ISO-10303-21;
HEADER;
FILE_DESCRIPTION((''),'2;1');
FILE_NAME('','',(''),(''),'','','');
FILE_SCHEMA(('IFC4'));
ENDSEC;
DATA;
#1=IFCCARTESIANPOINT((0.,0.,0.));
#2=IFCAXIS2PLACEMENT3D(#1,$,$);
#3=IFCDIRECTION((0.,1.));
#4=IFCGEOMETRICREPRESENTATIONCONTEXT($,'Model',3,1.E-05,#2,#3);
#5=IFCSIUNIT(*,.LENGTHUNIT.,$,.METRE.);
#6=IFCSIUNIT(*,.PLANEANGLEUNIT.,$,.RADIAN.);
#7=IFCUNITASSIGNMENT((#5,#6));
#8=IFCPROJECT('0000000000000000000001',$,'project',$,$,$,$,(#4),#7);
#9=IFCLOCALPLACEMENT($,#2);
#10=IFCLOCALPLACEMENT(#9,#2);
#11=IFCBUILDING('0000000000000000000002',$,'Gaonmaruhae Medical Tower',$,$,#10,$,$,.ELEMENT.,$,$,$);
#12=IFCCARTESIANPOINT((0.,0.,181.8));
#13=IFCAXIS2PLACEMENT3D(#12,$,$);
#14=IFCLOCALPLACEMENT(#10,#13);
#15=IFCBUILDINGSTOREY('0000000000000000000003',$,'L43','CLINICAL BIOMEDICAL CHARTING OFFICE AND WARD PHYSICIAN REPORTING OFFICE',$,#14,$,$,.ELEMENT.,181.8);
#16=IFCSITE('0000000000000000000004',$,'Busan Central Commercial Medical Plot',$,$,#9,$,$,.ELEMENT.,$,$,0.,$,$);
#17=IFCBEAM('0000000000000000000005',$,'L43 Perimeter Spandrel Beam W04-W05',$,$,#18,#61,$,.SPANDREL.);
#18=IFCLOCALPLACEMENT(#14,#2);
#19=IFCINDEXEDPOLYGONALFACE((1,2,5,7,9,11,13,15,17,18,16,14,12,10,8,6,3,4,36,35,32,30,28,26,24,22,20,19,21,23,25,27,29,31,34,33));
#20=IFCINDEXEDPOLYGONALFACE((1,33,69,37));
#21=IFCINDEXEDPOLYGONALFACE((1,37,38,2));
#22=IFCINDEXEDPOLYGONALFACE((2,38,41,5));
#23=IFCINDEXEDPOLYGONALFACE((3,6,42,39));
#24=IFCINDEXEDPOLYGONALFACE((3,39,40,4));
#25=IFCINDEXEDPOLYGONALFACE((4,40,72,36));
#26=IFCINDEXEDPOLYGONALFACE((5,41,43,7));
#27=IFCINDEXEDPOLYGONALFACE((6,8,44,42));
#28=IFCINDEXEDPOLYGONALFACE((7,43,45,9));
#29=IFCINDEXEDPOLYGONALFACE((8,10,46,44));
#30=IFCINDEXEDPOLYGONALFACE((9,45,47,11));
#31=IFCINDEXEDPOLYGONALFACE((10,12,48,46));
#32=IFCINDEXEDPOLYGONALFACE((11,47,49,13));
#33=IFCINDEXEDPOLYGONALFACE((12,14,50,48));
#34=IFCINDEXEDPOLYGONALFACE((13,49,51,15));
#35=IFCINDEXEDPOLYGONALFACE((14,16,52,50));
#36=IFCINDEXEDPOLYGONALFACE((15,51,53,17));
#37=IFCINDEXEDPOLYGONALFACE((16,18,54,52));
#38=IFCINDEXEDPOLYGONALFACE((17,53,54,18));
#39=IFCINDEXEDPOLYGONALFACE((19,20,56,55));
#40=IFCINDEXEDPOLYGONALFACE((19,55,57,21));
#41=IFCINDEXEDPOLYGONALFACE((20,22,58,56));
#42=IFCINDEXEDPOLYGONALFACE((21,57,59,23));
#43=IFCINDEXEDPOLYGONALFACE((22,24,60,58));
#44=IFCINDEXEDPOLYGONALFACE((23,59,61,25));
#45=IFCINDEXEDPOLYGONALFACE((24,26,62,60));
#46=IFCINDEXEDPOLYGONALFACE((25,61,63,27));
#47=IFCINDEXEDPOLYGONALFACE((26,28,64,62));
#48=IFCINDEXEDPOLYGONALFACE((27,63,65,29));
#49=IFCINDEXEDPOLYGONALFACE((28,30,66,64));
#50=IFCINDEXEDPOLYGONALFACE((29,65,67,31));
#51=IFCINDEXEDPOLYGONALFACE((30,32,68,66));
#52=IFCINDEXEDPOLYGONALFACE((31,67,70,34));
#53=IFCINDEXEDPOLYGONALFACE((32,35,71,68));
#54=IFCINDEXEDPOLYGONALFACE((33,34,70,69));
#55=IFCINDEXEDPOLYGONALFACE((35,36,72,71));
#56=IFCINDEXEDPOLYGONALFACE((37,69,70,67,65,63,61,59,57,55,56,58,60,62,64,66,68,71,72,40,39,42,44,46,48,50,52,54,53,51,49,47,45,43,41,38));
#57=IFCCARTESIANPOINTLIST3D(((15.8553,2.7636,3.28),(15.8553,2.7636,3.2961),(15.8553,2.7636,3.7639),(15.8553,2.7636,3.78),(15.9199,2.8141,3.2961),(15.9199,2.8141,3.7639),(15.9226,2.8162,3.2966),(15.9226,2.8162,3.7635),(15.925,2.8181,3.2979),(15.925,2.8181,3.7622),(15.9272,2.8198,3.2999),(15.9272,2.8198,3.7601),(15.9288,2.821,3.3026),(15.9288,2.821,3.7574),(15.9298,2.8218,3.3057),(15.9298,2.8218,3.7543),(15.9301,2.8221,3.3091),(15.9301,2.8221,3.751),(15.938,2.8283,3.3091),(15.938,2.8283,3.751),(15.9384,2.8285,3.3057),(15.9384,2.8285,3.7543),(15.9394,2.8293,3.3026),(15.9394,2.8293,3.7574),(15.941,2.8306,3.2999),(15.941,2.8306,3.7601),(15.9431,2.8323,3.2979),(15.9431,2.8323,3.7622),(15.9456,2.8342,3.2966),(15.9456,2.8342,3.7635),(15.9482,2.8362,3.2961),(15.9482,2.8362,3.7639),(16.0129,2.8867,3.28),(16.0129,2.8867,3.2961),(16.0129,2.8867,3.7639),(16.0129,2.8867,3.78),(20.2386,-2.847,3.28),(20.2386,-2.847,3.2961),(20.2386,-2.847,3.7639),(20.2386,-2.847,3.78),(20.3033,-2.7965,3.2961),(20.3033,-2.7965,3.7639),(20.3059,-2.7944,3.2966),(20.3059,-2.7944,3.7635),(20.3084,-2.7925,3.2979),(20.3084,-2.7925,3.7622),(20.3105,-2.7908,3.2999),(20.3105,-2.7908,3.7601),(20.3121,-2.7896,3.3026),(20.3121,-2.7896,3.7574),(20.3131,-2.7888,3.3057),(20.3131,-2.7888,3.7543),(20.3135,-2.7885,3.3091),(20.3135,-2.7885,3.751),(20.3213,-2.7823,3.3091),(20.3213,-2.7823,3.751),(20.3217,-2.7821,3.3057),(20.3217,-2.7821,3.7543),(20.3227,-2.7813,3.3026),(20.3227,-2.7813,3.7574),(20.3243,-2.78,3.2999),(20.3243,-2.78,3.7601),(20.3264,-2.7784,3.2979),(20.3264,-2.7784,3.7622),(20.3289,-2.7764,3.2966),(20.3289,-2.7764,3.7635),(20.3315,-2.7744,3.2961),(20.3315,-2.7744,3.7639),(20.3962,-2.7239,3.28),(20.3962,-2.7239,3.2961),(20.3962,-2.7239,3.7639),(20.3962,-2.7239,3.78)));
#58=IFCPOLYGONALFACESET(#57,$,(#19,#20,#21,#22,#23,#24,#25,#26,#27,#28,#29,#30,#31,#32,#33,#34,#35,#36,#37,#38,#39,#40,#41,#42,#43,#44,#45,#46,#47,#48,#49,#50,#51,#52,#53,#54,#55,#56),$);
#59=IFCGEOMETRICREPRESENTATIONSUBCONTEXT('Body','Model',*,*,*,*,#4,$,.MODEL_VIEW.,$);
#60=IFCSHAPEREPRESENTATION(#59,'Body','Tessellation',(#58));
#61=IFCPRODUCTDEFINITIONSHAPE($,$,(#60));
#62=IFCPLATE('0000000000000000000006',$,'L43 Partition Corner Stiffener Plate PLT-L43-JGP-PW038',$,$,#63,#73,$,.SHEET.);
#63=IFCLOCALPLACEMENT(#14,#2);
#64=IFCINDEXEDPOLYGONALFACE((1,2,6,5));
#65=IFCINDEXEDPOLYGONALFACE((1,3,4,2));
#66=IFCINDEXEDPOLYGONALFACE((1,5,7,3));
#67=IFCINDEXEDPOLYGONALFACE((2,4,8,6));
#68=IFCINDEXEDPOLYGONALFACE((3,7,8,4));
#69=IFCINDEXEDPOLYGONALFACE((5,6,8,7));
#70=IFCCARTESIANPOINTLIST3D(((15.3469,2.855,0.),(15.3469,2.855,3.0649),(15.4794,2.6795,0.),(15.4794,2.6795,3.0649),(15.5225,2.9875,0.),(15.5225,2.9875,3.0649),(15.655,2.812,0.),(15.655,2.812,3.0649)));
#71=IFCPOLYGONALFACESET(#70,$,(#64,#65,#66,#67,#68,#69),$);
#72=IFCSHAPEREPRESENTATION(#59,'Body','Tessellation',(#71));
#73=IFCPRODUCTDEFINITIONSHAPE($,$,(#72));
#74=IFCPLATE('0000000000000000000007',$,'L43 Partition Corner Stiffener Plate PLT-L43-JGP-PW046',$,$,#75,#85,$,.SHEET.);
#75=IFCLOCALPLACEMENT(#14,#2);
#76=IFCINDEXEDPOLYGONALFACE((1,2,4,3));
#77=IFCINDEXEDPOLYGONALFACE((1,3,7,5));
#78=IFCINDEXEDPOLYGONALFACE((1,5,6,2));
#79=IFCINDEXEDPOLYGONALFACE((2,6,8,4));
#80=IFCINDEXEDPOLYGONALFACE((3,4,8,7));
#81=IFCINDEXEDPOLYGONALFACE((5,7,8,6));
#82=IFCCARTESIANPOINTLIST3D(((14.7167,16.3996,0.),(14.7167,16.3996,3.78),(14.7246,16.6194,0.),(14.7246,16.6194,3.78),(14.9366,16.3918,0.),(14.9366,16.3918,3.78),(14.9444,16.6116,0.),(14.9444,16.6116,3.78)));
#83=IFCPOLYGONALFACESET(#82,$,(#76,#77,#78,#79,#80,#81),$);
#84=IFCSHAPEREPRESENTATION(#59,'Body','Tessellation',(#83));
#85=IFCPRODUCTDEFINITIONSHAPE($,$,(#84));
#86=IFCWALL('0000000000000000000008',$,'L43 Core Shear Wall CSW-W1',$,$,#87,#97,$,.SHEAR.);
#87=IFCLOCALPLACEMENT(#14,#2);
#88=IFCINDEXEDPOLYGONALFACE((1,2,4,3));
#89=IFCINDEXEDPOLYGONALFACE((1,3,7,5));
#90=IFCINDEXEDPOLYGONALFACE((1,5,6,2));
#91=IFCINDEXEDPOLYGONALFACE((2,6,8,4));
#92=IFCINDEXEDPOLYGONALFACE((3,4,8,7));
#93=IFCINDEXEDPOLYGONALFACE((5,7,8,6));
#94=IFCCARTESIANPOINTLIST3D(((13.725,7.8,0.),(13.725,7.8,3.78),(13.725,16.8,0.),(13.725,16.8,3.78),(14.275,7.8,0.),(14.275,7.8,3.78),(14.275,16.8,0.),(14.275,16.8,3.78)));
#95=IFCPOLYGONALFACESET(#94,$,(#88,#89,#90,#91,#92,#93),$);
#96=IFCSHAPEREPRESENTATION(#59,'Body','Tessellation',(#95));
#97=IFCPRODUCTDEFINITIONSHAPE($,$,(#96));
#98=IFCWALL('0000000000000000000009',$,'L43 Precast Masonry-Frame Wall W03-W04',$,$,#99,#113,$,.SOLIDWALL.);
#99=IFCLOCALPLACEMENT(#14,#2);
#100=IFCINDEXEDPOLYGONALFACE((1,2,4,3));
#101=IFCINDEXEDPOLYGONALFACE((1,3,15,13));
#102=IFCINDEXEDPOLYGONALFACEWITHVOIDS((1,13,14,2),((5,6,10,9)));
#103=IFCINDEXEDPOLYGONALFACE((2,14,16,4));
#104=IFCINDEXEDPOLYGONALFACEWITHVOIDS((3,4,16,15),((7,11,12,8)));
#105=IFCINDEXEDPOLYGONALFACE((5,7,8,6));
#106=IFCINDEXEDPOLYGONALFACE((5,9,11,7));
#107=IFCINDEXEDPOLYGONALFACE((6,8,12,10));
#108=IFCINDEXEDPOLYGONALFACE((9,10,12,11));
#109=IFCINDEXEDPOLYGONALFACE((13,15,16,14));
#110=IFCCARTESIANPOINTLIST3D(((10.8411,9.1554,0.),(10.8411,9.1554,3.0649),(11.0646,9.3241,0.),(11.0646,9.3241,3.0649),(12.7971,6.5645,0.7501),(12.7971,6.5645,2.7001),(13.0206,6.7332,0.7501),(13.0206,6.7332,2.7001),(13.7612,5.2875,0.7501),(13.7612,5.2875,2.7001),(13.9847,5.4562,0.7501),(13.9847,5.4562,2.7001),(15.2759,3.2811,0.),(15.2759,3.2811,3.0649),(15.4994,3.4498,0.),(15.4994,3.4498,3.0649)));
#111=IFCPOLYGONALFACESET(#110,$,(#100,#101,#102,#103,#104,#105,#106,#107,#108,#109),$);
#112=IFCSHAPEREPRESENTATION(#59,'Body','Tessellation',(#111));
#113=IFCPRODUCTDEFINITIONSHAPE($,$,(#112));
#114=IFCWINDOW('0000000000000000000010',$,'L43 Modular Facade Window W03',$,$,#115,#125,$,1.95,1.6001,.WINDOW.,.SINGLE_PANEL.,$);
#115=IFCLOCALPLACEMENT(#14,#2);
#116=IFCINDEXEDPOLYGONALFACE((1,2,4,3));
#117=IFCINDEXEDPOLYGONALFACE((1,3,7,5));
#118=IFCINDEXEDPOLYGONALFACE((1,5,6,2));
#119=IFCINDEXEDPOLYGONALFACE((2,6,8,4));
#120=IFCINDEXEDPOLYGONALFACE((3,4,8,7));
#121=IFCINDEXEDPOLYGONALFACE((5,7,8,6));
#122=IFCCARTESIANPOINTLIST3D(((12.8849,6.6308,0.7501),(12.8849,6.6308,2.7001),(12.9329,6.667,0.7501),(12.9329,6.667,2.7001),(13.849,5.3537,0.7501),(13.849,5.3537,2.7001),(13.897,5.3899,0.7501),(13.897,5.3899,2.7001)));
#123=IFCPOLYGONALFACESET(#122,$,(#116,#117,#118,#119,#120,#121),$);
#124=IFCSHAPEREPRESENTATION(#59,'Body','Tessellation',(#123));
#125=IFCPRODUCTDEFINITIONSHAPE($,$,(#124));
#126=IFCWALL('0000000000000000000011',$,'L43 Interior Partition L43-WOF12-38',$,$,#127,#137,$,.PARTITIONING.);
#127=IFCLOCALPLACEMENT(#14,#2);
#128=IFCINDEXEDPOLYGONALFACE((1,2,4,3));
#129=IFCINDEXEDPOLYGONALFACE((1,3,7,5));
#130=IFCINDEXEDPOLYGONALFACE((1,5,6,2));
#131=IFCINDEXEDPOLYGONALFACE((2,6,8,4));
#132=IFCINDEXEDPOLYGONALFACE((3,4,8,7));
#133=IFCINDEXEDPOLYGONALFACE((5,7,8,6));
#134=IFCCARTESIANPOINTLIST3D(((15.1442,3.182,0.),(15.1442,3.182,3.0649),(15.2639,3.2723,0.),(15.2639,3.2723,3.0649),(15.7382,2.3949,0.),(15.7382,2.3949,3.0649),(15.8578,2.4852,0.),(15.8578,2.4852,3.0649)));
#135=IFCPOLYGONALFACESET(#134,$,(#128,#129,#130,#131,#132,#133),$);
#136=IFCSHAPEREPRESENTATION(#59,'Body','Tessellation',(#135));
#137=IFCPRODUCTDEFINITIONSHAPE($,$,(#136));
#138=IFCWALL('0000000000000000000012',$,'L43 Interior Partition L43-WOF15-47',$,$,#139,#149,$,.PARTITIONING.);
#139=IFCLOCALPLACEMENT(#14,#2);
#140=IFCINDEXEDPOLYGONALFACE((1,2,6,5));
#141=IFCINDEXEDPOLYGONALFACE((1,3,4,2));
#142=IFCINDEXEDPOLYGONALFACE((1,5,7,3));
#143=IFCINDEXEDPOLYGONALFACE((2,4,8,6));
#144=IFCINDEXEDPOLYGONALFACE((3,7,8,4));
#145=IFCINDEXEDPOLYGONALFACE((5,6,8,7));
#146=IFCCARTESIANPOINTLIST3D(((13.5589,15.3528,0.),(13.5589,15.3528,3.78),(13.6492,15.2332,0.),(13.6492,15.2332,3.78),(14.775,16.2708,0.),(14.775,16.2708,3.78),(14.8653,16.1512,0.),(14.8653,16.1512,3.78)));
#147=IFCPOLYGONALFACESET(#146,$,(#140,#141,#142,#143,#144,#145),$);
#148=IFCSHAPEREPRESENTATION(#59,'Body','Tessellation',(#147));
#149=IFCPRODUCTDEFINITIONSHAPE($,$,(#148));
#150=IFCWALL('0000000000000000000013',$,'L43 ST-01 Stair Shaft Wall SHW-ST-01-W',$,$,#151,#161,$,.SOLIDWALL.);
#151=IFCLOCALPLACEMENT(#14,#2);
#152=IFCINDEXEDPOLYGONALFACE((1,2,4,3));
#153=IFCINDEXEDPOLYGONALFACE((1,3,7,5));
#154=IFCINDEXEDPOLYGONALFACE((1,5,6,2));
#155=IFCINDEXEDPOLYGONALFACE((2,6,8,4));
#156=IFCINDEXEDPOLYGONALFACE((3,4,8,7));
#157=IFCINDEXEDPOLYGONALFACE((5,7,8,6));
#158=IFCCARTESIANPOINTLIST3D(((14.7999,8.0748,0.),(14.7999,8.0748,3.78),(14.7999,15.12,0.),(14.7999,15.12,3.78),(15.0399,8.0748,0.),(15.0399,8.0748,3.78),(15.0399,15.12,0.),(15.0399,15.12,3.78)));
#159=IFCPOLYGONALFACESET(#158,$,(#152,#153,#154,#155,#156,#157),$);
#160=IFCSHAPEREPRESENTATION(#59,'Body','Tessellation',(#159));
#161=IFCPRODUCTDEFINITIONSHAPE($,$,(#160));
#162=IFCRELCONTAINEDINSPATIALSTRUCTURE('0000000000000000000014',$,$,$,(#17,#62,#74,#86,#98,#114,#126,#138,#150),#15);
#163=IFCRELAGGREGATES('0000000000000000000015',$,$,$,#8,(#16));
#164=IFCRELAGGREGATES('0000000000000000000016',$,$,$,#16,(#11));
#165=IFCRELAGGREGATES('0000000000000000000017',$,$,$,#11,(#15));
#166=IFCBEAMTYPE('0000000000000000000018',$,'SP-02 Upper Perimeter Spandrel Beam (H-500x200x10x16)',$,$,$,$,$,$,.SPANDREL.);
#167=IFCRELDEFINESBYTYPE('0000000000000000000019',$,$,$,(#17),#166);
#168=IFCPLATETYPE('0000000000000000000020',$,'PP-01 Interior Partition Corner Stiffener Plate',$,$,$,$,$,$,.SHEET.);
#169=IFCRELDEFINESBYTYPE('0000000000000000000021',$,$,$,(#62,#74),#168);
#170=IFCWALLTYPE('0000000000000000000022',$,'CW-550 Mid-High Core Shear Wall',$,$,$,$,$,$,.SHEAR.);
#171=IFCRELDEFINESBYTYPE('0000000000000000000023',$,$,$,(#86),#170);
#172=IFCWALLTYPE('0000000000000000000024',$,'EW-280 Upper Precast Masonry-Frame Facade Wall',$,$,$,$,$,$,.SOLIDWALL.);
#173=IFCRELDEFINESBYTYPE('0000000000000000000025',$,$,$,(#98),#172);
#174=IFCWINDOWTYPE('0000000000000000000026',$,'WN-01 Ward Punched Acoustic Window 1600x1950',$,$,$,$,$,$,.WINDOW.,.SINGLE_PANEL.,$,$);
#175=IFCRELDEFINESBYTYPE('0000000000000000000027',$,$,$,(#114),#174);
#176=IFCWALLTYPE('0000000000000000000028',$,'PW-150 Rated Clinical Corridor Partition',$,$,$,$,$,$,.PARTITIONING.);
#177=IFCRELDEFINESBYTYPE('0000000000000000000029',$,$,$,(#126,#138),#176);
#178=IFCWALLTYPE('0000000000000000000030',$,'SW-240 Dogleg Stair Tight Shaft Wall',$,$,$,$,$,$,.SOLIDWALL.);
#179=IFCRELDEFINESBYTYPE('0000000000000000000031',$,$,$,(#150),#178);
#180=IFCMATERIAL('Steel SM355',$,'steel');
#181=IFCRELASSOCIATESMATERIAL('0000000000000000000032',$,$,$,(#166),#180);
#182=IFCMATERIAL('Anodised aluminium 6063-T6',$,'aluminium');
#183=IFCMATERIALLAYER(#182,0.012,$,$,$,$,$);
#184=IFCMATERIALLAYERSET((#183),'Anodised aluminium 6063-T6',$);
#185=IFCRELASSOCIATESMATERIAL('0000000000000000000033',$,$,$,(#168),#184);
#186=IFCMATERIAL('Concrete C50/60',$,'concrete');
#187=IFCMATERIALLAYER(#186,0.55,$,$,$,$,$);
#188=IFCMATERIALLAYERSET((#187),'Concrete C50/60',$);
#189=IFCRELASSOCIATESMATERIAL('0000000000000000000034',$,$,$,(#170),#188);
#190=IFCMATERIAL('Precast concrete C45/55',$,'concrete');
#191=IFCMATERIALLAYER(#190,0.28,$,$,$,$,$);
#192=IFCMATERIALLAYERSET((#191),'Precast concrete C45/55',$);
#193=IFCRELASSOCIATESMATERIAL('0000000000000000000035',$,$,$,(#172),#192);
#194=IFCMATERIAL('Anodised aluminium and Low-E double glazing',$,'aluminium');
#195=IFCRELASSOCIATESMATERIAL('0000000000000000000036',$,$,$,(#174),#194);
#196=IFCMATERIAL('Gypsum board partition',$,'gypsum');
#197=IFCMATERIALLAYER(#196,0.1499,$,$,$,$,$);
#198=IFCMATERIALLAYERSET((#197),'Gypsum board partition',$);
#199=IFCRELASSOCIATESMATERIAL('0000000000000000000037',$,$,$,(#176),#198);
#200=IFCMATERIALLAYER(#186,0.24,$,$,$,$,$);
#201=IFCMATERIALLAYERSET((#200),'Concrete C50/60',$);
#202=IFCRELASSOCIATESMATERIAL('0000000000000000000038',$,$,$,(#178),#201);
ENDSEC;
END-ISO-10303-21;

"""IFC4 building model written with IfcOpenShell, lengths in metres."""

from ifc_helpers import new_model, si_unit, direction, frame, frame_2d, origin, origin_2d, place, context, subcontext, project, spatial, rectangle, i_section, extrude, material, layer, layer_set, material_profile, profile_set, type_object, element, fill, save


model = new_model("IFC4")

# Units and contexts
model_context = context("Model", 3, precision=1e-05, world=origin(), true_north=direction((0.0, 1.0)))
body_context = subcontext(model_context, "Body", "Model", "MODEL_VIEW")
ifc_project = project(units=[si_unit("LENGTHUNIT", "METRE"), si_unit("PLANEANGLEUNIT", "RADIAN")], contexts=[model_context])

# Site, building, storey
site_placement = place(None, origin())
site = spatial("IfcSite", under=ifc_project, at=site_placement, Name="Busan Central Commercial Medical Plot", CompositionType="ELEMENT", RefElevation=0.0)
building_placement = place(site_placement, origin())
building = spatial("IfcBuilding", under=site, at=building_placement, Name="Gaonmaruhae Medical Tower", CompositionType="ELEMENT")
storey_placement = place(building_placement, frame((0.0, 0.0, 181.8)))
storey = spatial("IfcBuildingStorey", under=building, at=storey_placement, Name="L43", Description="CLINICAL BIOMEDICAL CHARTING OFFICE AND WARD PHYSICIAN REPORTING OFFICE", CompositionType="ELEMENT", Elevation=181.8)

# Shared definitions
ifc_material_1 = material(Name="Concrete C50/60", Category="concrete")

# Beam
ifc_material_2 = material(Name="Steel SM355", Category="steel")
ifc_material_profile_1 = material_profile(ifc_material_2, i_section(OverallWidth=0.2, OverallDepth=0.5, WebThickness=0.01, FlangeThickness=0.0161, FilletRadius=0.0129, at=origin_2d()), Name="H-500x200x10x16")
ifc_profile_set_1 = profile_set([ifc_material_profile_1], Name="Steel SM355")
beam_type_1 = type_object("IfcBeamType", Name="SP-02 Upper Perimeter Spandrel Beam (H-500x200x10x16)", PredefinedType="SPANDREL", material=ifc_profile_set_1)
beam_1_placement = place(storey_placement, frame((15.9341, 2.8252, 3.53), z_axis=(0.615646, -0.788023, 0.0), x_axis=(0.788023, 0.615646, 0.0)))
element("IfcBeam", 1, at=beam_1_placement, inside=storey, type_object=beam_type_1, Name="L43 Perimeter Spandrel Beam W04-W05", PredefinedType="SPANDREL", context=body_context, shape_type="SweptSolid", body=[
    extrude(i_section(OverallWidth=0.2, OverallDepth=0.5, WebThickness=0.01, FlangeThickness=0.0161, FilletRadius=0.0129, at=origin_2d()), origin(), (0.0, 0.0, 1.0), 7.1199),
])

# Plates
ifc_material_3 = material(Name="Anodised aluminium 6063-T6", Category="aluminium")
ifc_layer_1 = layer(ifc_material_3, 0.012)
ifc_layer_set_1 = layer_set([ifc_layer_1], Name="Anodised aluminium 6063-T6")
plate_type = type_object("IfcPlateType", Name="PP-01 Interior Partition Corner Stiffener Plate", PredefinedType="SHEET", material=ifc_layer_set_1)
plate_1_placement = place(storey_placement, frame((15.501, 2.8335, 0.0), z_axis=(0.0, 0.0, 1.0), x_axis=(-0.602428, 0.798173, 0.0)))
element("IfcPlate", 2, at=plate_1_placement, inside=storey, type_object=plate_type, Name="L43 Partition Corner Stiffener Plate PLT-L43-JGP-PW038", PredefinedType="SHEET", context=body_context, shape_type="SweptSolid", body=[
    extrude(rectangle(XDim=0.22, YDim=0.22, at=origin_2d()), origin(), (0.0, 0.0, 1.0), 3.0649),
])
plate_2_placement = place(storey_placement, frame((14.8306, 16.5056, 0.0), z_axis=(0.0, 0.0, 1.0), x_axis=(-0.035632, -0.999365, 0.0)))
element("IfcPlate", 3, at=plate_2_placement, inside=storey, type_object=plate_type, Name="L43 Partition Corner Stiffener Plate PLT-L43-JGP-PW046", PredefinedType="SHEET", context=body_context, shape_type="SweptSolid", body=[
    extrude(rectangle(XDim=0.22, YDim=0.22, at=origin_2d()), origin(), (0.0, 0.0, 1.0), 3.78),
])

# Wall
ifc_layer_2 = layer(ifc_material_1, 0.55)
ifc_layer_set_2 = layer_set([ifc_layer_2], Name="Concrete C50/60")
wall_type_1 = type_object("IfcWallType", Name="CW-550 Mid-High Core Shear Wall", PredefinedType="SHEAR", material=ifc_layer_set_2)
wall_1_placement = place(storey_placement, frame((14.0, 16.8, 0.0), z_axis=(0.0, 0.0, 1.0), x_axis=(0.0, -1.0, 0.0)))
element("IfcWall", 4, at=wall_1_placement, inside=storey, type_object=wall_type_1, Name="L43 Core Shear Wall CSW-W1", PredefinedType="SHEAR", context=body_context, shape_type="SweptSolid", body=[
    extrude(rectangle(XDim=9.0, YDim=0.55, at=frame_2d((4.5, 0.0))), origin(), (0.0, 0.0, 1.0), 3.78),
])

# Wall, opening, window
ifc_material_4 = material(Name="Precast concrete C45/55", Category="concrete")
ifc_layer_3 = layer(ifc_material_4, 0.28)
ifc_layer_set_3 = layer_set([ifc_layer_3], Name="Precast concrete C45/55")
wall_type_2 = type_object("IfcWallType", Name="EW-280 Upper Precast Masonry-Frame Facade Wall", PredefinedType="SOLIDWALL", material=ifc_layer_set_3)
wall_2_placement = place(storey_placement, frame((15.3877, 3.3655, 0.0), z_axis=(0.0, 0.0, 1.0), x_axis=(-0.602529, 0.798097, 0.0)))
wall_2 = element("IfcWall", 5, at=wall_2_placement, inside=storey, type_object=wall_type_2, Name="L43 Precast Masonry-Frame Wall W03-W04", PredefinedType="SOLIDWALL", context=body_context, shape_type="SweptSolid", body=[
    extrude(rectangle(XDim=7.3604, YDim=0.28, at=frame_2d((3.6802, 0.0))), origin(), (0.0, 0.0, 1.0), 3.0649),
])
opening_1_placement = place(wall_2_placement, frame((2.5139, 0.0, 0.75)))
opening_1 = element("IfcOpeningElement", 6, at=opening_1_placement, cuts=wall_2, PredefinedType="OPENING", context=body_context, shape_type="SweptSolid", body=[
    extrude(rectangle(XDim=1.6001, YDim=1.95, at=frame_2d((0.8, 0.9751))), frame((0.0, 0.1499, 0.0), z_axis=(0.0, -1.0, 0.0), x_axis=(1.0, 0.0, 0.0)), (0.0, 0.0, 1.0), 0.3),
])
ifc_material_5 = material(Name="Anodised aluminium and Low-E double glazing", Category="aluminium")
window_type = type_object("IfcWindowType", Name="WN-01 Ward Punched Acoustic Window 1600x1950", PartitioningType="SINGLE_PANEL", PredefinedType="WINDOW", material=ifc_material_5)
window_placement = place(opening_1_placement, origin())
window = element("IfcWindow", 7, at=window_placement, inside=storey, type_object=window_type, Name="L43 Modular Facade Window W03", OverallHeight=1.95, OverallWidth=1.6001, PartitioningType="SINGLE_PANEL", PredefinedType="WINDOW", context=body_context, shape_type="SweptSolid", body=[
    extrude(rectangle(XDim=1.6001, YDim=1.95, at=frame_2d((0.8, 0.9751))), frame((0.0, 0.03, 0.0), z_axis=(0.0, -1.0, 0.0), x_axis=(1.0, 0.0, 0.0)), (0.0, 0.0, 1.0), 0.0601),
])
fill(opening_1, window)

# Walls
ifc_material_6 = material(Name="Gypsum board partition", Category="gypsum")
ifc_layer_4 = layer(ifc_material_6, 0.1499)
ifc_layer_set_4 = layer_set([ifc_layer_4], Name="Gypsum board partition")
wall_type_3 = type_object("IfcWallType", Name="PW-150 Rated Clinical Corridor Partition", PredefinedType="PARTITIONING", material=ifc_layer_set_4)
wall_3_placement = place(storey_placement, frame((15.7981, 2.4399, 0.0), z_axis=(0.0, 0.0, 1.0), x_axis=(-0.602374, 0.798214, 0.0)))
element("IfcWall", 8, at=wall_3_placement, inside=storey, type_object=wall_type_3, Name="L43 Interior Partition L43-WOF12-38", PredefinedType="PARTITIONING", context=body_context, shape_type="SweptSolid", body=[
    extrude(rectangle(XDim=0.9861, YDim=0.1499, at=frame_2d((0.4932, 0.0))), origin(), (0.0, 0.0, 1.0), 3.0649),
])
wall_4_placement = place(storey_placement, frame((14.8201, 16.2109, 0.0), z_axis=(0.0, 0.0, 1.0), x_axis=(-0.798131, -0.602484, 0.0)))
element("IfcWall", 9, at=wall_4_placement, inside=storey, type_object=wall_type_3, Name="L43 Interior Partition L43-WOF15-47", PredefinedType="PARTITIONING", context=body_context, shape_type="SweptSolid", body=[
    extrude(rectangle(XDim=1.5237, YDim=0.1499, at=frame_2d((0.7617, 0.0))), origin(), (0.0, 0.0, 1.0), 3.78),
])

# Shared definitions
ifc_layer_5 = layer(ifc_material_1, 0.24)
ifc_layer_set_5 = layer_set([ifc_layer_5], Name="Concrete C50/60")
wall_type_4 = type_object("IfcWallType", Name="SW-240 Dogleg Stair Tight Shaft Wall", PredefinedType="SOLIDWALL", material=ifc_layer_set_5)

# Wall
wall_5_placement = place(storey_placement, frame((14.9199, 8.075, 0.0), z_axis=(0.0, 0.0, 1.0), x_axis=(0.0, 1.0, 0.0)))
element("IfcWall", 10, at=wall_5_placement, inside=storey, type_object=wall_type_4, Name="L43 ST-01 Stair Shaft Wall SHW-ST-01-W", PredefinedType="SOLIDWALL", context=body_context, shape_type="SweptSolid", body=[
    extrude(rectangle(XDim=7.0452, YDim=0.24, at=frame_2d((3.5225, 0.0))), origin(), (0.0, 0.0, 1.0), 3.78),
])

save(model, "model.ifc")
